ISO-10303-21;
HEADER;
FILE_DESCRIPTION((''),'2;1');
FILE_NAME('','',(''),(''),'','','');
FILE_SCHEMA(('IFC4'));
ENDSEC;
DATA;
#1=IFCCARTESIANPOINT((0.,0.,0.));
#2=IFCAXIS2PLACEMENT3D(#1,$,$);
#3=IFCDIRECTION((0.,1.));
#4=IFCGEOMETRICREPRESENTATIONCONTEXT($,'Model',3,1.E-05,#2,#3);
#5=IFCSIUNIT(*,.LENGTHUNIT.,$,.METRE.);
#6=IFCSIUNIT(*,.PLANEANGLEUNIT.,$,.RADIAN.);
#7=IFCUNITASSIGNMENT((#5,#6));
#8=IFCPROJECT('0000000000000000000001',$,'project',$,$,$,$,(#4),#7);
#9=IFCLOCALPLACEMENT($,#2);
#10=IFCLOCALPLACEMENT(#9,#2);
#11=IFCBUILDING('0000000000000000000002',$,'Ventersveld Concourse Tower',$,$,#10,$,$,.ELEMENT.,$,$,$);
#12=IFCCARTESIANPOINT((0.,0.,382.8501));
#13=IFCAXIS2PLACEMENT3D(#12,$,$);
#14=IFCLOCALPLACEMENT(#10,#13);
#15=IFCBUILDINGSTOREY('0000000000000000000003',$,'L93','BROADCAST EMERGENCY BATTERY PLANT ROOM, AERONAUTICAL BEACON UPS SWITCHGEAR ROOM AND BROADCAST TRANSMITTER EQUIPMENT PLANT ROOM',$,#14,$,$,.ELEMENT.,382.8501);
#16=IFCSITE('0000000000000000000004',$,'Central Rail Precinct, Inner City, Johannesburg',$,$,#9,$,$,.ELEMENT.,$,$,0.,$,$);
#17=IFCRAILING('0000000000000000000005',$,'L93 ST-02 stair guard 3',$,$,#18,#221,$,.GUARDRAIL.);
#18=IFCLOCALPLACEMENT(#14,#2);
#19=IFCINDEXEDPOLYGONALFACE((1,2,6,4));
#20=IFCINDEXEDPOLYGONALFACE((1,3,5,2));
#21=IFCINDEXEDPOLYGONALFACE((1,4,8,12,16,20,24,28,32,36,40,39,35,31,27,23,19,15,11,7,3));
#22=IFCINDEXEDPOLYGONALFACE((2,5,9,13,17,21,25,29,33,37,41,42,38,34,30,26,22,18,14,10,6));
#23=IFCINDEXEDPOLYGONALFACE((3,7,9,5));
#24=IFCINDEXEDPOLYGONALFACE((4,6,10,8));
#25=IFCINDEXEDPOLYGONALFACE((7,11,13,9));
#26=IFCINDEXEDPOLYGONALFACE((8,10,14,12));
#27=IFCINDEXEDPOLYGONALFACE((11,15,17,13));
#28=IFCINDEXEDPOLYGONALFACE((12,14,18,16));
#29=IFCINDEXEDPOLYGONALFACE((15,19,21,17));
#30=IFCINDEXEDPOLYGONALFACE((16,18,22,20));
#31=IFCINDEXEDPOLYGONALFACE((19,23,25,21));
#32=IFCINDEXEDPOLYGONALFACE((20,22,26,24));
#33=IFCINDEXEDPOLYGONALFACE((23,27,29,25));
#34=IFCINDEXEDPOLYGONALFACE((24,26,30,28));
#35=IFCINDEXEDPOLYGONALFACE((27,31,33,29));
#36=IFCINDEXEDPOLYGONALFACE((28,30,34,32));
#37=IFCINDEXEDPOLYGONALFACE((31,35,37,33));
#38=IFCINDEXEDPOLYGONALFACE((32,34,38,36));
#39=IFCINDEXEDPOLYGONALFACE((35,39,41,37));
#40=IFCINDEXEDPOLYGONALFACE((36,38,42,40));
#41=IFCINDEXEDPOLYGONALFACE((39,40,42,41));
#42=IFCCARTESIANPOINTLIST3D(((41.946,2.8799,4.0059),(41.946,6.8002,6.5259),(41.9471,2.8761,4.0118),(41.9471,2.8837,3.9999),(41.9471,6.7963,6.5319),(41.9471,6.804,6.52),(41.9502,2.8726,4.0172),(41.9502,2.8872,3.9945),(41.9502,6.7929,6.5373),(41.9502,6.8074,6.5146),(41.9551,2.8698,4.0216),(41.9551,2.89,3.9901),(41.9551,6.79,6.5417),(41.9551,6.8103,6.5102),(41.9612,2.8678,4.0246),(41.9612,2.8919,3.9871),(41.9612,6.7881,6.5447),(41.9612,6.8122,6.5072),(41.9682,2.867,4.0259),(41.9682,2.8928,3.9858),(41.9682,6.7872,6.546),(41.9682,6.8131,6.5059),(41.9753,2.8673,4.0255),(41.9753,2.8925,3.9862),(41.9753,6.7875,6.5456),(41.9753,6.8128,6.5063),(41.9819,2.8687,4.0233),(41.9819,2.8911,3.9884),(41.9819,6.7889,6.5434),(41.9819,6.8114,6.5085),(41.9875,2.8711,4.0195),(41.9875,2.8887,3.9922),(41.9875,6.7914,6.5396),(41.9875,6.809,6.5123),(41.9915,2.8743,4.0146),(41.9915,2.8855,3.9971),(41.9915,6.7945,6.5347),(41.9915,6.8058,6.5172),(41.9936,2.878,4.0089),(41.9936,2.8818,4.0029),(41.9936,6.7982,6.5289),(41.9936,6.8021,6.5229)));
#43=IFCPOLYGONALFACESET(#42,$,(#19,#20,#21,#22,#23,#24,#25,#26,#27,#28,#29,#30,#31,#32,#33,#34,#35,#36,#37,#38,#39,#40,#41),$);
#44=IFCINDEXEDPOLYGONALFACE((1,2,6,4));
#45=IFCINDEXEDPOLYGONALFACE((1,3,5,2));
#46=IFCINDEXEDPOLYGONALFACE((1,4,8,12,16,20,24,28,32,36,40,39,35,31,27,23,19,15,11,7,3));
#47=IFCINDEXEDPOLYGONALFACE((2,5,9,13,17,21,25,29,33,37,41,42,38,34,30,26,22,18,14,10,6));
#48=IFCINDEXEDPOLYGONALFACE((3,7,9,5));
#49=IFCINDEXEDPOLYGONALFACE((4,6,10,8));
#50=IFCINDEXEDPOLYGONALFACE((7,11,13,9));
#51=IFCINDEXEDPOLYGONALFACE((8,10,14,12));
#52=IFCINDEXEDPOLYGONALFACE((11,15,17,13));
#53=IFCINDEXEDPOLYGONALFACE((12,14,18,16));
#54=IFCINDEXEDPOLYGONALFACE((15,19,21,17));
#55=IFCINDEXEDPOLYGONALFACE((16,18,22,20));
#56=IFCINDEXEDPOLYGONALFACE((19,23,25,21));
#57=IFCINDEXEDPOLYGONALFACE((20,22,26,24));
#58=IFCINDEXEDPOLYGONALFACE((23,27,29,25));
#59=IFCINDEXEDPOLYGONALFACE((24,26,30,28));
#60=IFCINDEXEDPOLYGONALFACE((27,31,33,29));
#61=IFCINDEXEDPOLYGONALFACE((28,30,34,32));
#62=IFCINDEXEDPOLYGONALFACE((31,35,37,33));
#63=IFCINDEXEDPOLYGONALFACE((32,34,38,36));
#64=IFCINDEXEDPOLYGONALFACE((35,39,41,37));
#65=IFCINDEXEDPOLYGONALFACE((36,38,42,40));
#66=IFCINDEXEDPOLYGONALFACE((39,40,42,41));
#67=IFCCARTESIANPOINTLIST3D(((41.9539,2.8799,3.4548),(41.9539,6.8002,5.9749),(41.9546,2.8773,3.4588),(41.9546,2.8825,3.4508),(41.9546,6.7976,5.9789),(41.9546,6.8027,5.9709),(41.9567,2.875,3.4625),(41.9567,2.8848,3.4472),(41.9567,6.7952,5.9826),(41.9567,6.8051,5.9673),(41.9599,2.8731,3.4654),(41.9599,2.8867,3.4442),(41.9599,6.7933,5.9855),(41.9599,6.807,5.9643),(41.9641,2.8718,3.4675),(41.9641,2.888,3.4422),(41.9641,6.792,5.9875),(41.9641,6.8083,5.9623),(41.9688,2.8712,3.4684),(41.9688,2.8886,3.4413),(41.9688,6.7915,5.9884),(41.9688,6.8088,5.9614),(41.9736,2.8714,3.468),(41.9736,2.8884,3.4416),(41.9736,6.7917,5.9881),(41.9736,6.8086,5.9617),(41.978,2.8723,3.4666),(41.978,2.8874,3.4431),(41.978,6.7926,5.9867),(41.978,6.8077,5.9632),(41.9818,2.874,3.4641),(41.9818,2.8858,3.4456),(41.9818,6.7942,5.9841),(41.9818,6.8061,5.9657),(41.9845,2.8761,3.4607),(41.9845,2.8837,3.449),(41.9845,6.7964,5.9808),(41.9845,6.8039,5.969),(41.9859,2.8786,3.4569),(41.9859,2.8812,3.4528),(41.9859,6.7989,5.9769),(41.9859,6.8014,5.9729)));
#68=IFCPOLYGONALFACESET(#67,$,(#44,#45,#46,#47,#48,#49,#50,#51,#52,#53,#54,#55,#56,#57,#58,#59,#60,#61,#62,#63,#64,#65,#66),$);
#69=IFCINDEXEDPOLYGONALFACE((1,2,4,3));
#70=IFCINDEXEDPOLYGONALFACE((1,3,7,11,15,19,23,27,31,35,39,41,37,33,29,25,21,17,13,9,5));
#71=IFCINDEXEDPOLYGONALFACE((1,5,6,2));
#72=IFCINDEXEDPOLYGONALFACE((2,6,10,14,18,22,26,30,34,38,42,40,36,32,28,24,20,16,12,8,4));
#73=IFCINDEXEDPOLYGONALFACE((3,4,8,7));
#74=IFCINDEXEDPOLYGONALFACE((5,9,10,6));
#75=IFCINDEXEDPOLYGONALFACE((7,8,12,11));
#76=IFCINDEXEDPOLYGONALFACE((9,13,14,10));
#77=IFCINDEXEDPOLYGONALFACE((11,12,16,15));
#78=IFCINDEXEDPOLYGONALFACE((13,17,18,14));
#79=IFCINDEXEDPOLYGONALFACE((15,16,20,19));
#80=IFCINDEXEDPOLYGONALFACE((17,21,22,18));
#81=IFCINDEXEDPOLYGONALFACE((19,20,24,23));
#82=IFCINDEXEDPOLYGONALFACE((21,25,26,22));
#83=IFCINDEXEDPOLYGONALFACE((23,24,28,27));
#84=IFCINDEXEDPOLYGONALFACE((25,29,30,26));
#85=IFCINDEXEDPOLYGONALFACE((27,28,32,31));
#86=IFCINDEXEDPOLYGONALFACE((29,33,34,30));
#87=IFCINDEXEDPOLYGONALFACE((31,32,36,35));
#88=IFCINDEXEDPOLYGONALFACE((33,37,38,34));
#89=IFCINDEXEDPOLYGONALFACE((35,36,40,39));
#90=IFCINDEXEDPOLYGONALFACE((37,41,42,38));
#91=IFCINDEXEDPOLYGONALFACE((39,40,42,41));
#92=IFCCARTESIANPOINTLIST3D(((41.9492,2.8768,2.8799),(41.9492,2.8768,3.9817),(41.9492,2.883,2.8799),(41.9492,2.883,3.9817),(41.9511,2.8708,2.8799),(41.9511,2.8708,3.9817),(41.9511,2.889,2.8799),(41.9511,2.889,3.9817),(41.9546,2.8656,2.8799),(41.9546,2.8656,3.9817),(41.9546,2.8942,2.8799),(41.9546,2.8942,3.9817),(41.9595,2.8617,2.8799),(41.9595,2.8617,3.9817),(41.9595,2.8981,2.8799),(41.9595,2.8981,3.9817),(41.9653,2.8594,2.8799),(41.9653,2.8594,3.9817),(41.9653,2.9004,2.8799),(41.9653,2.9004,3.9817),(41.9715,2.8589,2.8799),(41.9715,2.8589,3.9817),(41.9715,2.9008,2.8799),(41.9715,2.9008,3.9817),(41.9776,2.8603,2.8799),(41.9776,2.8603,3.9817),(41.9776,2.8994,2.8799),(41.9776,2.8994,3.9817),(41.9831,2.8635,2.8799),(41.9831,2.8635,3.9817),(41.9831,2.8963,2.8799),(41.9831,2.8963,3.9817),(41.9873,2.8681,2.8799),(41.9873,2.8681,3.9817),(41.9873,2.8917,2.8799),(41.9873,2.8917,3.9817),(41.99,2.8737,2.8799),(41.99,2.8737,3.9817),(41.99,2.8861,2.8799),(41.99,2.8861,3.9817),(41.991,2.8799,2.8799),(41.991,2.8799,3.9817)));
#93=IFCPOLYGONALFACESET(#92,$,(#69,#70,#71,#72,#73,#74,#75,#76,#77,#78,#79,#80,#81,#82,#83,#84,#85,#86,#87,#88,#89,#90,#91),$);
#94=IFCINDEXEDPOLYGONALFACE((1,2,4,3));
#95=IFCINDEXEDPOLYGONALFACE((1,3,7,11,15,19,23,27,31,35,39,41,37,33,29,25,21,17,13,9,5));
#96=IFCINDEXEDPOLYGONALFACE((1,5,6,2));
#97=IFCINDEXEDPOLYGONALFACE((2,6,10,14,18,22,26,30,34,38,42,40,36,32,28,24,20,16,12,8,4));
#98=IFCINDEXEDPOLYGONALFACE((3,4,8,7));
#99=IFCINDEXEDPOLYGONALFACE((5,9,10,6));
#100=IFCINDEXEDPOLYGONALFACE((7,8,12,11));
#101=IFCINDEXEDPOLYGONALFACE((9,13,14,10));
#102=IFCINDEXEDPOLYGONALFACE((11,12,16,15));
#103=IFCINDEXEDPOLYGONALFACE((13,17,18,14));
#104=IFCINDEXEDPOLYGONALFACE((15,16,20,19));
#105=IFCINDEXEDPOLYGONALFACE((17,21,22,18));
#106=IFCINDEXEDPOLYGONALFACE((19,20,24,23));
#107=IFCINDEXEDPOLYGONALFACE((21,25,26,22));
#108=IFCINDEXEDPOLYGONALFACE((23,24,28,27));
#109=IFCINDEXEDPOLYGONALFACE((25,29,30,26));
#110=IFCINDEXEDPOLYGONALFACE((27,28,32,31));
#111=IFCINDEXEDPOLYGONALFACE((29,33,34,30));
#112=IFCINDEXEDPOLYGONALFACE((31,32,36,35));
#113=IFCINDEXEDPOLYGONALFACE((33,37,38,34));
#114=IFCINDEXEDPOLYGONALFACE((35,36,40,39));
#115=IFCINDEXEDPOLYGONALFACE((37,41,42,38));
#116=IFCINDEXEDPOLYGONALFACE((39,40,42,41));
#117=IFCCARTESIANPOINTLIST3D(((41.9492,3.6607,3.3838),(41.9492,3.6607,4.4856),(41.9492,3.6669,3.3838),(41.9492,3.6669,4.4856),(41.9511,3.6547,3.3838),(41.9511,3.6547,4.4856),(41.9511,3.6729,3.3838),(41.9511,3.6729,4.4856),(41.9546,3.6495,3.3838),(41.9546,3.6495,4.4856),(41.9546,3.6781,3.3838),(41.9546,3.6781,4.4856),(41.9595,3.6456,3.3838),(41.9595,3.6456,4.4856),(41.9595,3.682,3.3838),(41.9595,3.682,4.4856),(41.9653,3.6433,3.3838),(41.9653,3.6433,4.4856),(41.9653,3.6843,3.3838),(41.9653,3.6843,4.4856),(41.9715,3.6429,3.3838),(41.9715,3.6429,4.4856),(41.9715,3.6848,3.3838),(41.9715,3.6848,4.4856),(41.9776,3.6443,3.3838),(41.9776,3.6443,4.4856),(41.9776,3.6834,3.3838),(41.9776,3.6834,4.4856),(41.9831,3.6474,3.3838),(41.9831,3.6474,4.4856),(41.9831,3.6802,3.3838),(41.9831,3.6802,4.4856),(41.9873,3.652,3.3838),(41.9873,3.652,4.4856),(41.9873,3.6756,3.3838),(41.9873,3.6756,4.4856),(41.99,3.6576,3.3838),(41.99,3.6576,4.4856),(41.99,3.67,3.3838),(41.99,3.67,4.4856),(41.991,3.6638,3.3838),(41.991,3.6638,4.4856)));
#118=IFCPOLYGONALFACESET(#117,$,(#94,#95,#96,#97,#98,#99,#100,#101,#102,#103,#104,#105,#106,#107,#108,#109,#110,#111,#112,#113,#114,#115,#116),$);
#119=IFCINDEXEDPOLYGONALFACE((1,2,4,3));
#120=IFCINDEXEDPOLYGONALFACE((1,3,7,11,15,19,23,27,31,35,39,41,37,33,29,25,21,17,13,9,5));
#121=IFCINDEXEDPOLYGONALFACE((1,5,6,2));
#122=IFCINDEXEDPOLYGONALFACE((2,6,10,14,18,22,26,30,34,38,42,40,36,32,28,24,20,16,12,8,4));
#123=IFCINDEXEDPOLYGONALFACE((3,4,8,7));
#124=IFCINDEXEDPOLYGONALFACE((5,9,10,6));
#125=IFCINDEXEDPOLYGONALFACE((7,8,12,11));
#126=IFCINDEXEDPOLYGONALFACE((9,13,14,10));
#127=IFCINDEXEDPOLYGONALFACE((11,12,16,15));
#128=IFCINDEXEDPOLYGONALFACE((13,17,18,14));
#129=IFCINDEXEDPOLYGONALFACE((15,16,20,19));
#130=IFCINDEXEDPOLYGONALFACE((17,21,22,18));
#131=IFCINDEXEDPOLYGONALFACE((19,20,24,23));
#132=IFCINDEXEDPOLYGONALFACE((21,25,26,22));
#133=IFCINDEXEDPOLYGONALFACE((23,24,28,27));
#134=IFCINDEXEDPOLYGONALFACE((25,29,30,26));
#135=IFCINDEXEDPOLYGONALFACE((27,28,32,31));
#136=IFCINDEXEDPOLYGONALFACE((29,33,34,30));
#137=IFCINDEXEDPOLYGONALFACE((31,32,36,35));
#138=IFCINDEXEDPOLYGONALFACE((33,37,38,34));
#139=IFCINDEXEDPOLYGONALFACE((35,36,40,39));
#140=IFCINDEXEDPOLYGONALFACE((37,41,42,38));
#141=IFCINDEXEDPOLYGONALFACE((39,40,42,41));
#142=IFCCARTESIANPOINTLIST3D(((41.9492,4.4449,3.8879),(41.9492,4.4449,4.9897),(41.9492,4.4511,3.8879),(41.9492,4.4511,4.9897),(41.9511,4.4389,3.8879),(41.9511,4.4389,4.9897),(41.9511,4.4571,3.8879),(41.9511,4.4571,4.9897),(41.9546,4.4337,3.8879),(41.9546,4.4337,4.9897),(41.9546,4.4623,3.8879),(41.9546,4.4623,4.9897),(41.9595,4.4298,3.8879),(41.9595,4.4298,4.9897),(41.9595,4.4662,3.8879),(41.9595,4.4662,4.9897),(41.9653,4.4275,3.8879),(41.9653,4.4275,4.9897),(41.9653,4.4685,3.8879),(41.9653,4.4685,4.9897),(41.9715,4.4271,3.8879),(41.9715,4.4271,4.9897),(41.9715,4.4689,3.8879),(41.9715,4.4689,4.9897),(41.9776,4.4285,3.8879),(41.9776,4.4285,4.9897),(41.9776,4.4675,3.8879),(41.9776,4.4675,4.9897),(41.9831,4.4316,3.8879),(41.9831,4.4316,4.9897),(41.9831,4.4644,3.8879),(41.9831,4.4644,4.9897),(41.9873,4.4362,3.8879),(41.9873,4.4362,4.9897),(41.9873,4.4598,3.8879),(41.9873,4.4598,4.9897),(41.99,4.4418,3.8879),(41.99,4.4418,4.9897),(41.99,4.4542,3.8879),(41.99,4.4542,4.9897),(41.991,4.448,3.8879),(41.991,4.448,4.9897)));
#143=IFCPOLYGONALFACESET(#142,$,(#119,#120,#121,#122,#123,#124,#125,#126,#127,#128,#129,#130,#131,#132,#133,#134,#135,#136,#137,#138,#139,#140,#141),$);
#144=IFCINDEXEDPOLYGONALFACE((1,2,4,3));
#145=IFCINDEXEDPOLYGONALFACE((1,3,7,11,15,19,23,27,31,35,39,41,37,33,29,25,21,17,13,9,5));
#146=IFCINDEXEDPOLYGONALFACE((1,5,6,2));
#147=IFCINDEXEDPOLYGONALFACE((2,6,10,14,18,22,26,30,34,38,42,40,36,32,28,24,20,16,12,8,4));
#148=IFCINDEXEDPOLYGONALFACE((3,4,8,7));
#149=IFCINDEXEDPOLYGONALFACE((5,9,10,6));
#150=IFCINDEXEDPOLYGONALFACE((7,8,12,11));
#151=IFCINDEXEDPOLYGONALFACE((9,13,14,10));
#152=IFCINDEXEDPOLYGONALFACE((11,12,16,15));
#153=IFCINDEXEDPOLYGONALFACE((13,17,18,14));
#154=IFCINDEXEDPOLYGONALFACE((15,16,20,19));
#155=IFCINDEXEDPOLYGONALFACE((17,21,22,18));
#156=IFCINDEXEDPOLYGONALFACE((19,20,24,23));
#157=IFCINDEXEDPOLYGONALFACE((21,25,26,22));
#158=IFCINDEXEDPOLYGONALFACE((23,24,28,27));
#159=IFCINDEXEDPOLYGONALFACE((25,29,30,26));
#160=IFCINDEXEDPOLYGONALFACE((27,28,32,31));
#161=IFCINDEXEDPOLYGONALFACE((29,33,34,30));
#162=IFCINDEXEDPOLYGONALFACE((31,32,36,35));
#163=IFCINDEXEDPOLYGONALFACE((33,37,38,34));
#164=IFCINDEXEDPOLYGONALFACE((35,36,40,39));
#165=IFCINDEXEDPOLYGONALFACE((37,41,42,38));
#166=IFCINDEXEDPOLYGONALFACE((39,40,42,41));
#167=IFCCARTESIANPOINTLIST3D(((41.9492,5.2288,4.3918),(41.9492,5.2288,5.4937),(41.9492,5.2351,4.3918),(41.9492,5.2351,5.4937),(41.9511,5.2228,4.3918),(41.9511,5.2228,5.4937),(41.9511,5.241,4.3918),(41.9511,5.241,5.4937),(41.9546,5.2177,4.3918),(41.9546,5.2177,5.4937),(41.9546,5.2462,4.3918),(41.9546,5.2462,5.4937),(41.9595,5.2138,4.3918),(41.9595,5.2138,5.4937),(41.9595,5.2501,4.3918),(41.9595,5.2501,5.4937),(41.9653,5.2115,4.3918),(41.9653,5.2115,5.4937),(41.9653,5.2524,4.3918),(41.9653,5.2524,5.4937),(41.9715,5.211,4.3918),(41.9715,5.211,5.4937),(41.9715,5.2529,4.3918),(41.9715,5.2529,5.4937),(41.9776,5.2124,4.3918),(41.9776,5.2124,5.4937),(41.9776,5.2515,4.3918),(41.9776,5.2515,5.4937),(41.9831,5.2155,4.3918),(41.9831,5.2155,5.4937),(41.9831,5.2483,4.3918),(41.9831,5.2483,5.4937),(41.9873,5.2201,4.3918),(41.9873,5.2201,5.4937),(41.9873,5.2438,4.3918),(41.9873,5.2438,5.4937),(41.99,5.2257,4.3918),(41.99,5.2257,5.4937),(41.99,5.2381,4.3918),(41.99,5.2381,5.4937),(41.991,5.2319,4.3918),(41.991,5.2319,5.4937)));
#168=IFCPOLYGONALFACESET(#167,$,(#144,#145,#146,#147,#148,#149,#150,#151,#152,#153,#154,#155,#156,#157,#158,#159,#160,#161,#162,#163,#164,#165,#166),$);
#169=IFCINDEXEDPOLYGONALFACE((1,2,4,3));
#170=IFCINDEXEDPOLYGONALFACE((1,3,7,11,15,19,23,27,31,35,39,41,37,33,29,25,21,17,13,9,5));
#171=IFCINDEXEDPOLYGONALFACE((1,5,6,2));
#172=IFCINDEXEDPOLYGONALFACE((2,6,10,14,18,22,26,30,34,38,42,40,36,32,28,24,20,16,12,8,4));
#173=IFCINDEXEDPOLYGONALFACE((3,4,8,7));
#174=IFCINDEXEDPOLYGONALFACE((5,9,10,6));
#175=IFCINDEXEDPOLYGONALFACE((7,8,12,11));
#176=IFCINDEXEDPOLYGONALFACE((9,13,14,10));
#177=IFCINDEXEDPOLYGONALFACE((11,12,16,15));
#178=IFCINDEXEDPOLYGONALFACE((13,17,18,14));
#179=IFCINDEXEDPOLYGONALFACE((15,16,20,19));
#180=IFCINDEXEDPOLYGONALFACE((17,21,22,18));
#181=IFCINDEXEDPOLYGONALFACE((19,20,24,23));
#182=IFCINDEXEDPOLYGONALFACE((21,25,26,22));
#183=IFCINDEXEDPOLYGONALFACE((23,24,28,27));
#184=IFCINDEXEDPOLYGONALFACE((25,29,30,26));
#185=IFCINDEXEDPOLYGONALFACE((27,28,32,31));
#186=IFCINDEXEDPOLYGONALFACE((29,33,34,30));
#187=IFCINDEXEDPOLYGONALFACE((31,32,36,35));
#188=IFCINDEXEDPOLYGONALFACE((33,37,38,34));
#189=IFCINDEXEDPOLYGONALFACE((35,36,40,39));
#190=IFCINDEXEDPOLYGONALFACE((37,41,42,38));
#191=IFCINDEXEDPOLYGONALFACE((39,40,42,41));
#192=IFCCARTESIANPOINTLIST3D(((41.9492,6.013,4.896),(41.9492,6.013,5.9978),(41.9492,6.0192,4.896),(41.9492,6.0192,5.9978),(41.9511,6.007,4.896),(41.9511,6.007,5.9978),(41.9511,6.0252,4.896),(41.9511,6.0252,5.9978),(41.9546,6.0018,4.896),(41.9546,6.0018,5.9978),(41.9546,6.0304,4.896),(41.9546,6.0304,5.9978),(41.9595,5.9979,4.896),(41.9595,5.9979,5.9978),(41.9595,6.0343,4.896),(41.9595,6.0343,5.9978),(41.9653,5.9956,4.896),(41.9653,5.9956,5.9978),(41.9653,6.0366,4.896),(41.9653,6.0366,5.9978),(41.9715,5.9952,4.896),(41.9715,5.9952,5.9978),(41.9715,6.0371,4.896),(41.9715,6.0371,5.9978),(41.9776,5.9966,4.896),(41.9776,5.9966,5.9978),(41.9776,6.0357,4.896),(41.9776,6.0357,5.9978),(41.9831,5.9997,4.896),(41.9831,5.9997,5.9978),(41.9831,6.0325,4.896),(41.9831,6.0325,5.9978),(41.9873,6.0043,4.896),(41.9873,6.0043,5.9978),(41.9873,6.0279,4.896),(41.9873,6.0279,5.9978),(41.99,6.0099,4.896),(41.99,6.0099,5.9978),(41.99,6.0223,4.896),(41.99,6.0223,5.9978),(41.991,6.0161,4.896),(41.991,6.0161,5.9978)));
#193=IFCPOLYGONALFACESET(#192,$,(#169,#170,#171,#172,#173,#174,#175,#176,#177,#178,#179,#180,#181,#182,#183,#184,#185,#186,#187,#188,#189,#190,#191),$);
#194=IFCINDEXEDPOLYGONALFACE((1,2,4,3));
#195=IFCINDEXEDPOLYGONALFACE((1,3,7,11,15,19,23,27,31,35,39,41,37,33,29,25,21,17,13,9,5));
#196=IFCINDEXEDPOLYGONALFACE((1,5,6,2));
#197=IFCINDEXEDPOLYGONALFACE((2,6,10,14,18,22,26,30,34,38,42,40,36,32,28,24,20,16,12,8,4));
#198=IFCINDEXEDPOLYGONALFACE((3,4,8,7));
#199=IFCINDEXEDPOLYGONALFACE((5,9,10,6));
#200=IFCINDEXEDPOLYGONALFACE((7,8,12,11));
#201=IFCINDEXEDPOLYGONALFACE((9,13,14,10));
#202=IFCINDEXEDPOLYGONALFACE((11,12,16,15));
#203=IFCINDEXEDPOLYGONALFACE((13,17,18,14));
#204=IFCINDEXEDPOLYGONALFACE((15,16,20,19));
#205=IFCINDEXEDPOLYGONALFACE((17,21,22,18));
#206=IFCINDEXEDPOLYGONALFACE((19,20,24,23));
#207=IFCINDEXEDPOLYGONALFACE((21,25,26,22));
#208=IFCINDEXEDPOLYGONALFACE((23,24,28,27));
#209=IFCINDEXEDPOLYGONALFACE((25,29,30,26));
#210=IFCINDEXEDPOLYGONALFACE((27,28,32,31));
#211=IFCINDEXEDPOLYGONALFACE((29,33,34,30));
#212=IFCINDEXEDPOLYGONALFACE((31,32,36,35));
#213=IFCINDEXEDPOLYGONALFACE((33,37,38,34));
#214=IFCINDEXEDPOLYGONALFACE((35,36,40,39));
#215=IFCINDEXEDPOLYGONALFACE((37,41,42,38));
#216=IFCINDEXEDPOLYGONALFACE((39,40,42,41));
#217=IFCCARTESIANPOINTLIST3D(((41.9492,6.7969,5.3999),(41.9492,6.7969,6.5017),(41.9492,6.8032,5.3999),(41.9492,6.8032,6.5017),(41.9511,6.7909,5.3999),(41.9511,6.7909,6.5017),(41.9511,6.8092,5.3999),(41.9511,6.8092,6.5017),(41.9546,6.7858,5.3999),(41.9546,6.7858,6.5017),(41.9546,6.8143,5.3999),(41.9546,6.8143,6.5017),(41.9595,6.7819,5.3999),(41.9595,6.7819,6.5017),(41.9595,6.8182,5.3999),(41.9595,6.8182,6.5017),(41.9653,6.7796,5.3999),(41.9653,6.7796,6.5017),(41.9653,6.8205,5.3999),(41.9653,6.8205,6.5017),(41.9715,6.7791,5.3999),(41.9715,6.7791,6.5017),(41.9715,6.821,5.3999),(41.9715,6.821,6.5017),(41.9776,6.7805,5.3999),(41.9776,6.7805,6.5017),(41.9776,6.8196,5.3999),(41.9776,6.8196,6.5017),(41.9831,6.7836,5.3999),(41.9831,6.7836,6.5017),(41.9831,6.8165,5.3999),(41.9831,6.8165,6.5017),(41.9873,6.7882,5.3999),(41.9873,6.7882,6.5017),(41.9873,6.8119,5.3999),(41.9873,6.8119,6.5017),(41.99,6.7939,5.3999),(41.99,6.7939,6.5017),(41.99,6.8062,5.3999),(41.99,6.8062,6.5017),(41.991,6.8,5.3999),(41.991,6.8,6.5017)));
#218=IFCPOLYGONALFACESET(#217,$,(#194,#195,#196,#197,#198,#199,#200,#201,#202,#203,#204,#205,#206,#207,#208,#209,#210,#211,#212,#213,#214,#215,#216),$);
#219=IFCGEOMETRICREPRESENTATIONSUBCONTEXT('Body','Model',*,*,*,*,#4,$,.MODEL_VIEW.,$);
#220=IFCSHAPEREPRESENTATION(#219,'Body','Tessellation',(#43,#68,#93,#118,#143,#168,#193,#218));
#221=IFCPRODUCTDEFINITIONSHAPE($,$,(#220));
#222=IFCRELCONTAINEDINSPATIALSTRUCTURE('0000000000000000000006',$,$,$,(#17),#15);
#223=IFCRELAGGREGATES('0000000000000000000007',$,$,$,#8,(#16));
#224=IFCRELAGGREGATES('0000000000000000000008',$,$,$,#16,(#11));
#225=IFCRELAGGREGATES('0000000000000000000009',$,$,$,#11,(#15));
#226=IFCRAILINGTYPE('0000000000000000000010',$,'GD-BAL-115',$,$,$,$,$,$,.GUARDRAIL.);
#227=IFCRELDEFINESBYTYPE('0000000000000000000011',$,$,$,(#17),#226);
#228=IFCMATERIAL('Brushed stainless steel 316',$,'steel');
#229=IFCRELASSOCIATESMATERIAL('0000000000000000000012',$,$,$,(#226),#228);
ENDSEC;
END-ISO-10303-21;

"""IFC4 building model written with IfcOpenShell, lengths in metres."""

from ifc_helpers import new_model, si_unit, direction, frame, origin, origin_2d, place, context, subcontext, project, spatial, circle, extrude, material, type_object, element, save


model = new_model("IFC4")

# Units and contexts
model_context = context("Model", 3, precision=1e-05, world=origin(), true_north=direction((0.0, 1.0)))
body_context = subcontext(model_context, "Body", "Model", "MODEL_VIEW")
ifc_project = project(units=[si_unit("LENGTHUNIT", "METRE"), si_unit("PLANEANGLEUNIT", "RADIAN")], contexts=[model_context])

# Site, building, storey
site_placement = place(None, origin())
site = spatial("IfcSite", under=ifc_project, at=site_placement, Name="Central Rail Precinct, Inner City, Johannesburg", CompositionType="ELEMENT", RefElevation=0.0)
building_placement = place(site_placement, origin())
building = spatial("IfcBuilding", under=site, at=building_placement, Name="Ventersveld Concourse Tower", CompositionType="ELEMENT")
storey_placement = place(building_placement, frame((0.0, 0.0, 382.8501)))
storey = spatial("IfcBuildingStorey", under=building, at=storey_placement, Name="L93", Description="BROADCAST EMERGENCY BATTERY PLANT ROOM, AERONAUTICAL BEACON UPS SWITCHGEAR ROOM AND BROADCAST TRANSMITTER EQUIPMENT PLANT ROOM", CompositionType="ELEMENT", Elevation=382.8501)

# Shared definitions
ifc_material_1 = material(Name="Brushed stainless steel 316", Category="steel")

# Railing
railing_type_1 = type_object("IfcRailingType", Name="GD-BAL-115", PredefinedType="GUARDRAIL", material=ifc_material_1)
railing_1_placement = place(storey_placement, frame((41.97, 2.8799, 2.8799)))
element("IfcRailing", 1, at=railing_1_placement, inside=storey, type_object=railing_type_1, Name="L93 ST-02 stair guard 3", PredefinedType="GUARDRAIL", context=body_context, shape_type="SweptSolid", body=[
    extrude(circle(Radius=0.0239, at=origin_2d()), frame((0.0, 0.0, 1.126), z_axis=(0.0, 0.841187, 0.540744), x_axis=(-1.0, 0.0, 0.0)), (0.0, 0.0, 1.0), 4.6604),
    extrude(circle(Radius=0.0161, at=origin_2d()), frame((0.0, 0.0, 0.575), z_axis=(0.0, 0.841187, 0.540744), x_axis=(-1.0, 0.0, 0.0)), (0.0, 0.0, 1.0), 4.6604),
    extrude(circle(Radius=0.021, at=origin_2d()), origin(), (0.0, 0.0, 1.0), 1.1018),
    extrude(circle(Radius=0.021, at=origin_2d()), frame((0.0, 0.7839, 0.5039)), (0.0, 0.0, 1.0), 1.1018),
    extrude(circle(Radius=0.021, at=origin_2d()), frame((0.0, 1.5681, 1.0081)), (0.0, 0.0, 1.0), 1.1018),
    extrude(circle(Radius=0.021, at=origin_2d()), frame((0.0, 2.3521, 1.512)), (0.0, 0.0, 1.0), 1.1018),
    extrude(circle(Radius=0.021, at=origin_2d()), frame((0.0, 3.1362, 2.0161)), (0.0, 0.0, 1.0), 1.1018),
    extrude(circle(Radius=0.021, at=origin_2d()), frame((0.0, 3.9202, 2.52)), (0.0, 0.0, 1.0), 1.1018),
])

save(model, "model.ifc")
